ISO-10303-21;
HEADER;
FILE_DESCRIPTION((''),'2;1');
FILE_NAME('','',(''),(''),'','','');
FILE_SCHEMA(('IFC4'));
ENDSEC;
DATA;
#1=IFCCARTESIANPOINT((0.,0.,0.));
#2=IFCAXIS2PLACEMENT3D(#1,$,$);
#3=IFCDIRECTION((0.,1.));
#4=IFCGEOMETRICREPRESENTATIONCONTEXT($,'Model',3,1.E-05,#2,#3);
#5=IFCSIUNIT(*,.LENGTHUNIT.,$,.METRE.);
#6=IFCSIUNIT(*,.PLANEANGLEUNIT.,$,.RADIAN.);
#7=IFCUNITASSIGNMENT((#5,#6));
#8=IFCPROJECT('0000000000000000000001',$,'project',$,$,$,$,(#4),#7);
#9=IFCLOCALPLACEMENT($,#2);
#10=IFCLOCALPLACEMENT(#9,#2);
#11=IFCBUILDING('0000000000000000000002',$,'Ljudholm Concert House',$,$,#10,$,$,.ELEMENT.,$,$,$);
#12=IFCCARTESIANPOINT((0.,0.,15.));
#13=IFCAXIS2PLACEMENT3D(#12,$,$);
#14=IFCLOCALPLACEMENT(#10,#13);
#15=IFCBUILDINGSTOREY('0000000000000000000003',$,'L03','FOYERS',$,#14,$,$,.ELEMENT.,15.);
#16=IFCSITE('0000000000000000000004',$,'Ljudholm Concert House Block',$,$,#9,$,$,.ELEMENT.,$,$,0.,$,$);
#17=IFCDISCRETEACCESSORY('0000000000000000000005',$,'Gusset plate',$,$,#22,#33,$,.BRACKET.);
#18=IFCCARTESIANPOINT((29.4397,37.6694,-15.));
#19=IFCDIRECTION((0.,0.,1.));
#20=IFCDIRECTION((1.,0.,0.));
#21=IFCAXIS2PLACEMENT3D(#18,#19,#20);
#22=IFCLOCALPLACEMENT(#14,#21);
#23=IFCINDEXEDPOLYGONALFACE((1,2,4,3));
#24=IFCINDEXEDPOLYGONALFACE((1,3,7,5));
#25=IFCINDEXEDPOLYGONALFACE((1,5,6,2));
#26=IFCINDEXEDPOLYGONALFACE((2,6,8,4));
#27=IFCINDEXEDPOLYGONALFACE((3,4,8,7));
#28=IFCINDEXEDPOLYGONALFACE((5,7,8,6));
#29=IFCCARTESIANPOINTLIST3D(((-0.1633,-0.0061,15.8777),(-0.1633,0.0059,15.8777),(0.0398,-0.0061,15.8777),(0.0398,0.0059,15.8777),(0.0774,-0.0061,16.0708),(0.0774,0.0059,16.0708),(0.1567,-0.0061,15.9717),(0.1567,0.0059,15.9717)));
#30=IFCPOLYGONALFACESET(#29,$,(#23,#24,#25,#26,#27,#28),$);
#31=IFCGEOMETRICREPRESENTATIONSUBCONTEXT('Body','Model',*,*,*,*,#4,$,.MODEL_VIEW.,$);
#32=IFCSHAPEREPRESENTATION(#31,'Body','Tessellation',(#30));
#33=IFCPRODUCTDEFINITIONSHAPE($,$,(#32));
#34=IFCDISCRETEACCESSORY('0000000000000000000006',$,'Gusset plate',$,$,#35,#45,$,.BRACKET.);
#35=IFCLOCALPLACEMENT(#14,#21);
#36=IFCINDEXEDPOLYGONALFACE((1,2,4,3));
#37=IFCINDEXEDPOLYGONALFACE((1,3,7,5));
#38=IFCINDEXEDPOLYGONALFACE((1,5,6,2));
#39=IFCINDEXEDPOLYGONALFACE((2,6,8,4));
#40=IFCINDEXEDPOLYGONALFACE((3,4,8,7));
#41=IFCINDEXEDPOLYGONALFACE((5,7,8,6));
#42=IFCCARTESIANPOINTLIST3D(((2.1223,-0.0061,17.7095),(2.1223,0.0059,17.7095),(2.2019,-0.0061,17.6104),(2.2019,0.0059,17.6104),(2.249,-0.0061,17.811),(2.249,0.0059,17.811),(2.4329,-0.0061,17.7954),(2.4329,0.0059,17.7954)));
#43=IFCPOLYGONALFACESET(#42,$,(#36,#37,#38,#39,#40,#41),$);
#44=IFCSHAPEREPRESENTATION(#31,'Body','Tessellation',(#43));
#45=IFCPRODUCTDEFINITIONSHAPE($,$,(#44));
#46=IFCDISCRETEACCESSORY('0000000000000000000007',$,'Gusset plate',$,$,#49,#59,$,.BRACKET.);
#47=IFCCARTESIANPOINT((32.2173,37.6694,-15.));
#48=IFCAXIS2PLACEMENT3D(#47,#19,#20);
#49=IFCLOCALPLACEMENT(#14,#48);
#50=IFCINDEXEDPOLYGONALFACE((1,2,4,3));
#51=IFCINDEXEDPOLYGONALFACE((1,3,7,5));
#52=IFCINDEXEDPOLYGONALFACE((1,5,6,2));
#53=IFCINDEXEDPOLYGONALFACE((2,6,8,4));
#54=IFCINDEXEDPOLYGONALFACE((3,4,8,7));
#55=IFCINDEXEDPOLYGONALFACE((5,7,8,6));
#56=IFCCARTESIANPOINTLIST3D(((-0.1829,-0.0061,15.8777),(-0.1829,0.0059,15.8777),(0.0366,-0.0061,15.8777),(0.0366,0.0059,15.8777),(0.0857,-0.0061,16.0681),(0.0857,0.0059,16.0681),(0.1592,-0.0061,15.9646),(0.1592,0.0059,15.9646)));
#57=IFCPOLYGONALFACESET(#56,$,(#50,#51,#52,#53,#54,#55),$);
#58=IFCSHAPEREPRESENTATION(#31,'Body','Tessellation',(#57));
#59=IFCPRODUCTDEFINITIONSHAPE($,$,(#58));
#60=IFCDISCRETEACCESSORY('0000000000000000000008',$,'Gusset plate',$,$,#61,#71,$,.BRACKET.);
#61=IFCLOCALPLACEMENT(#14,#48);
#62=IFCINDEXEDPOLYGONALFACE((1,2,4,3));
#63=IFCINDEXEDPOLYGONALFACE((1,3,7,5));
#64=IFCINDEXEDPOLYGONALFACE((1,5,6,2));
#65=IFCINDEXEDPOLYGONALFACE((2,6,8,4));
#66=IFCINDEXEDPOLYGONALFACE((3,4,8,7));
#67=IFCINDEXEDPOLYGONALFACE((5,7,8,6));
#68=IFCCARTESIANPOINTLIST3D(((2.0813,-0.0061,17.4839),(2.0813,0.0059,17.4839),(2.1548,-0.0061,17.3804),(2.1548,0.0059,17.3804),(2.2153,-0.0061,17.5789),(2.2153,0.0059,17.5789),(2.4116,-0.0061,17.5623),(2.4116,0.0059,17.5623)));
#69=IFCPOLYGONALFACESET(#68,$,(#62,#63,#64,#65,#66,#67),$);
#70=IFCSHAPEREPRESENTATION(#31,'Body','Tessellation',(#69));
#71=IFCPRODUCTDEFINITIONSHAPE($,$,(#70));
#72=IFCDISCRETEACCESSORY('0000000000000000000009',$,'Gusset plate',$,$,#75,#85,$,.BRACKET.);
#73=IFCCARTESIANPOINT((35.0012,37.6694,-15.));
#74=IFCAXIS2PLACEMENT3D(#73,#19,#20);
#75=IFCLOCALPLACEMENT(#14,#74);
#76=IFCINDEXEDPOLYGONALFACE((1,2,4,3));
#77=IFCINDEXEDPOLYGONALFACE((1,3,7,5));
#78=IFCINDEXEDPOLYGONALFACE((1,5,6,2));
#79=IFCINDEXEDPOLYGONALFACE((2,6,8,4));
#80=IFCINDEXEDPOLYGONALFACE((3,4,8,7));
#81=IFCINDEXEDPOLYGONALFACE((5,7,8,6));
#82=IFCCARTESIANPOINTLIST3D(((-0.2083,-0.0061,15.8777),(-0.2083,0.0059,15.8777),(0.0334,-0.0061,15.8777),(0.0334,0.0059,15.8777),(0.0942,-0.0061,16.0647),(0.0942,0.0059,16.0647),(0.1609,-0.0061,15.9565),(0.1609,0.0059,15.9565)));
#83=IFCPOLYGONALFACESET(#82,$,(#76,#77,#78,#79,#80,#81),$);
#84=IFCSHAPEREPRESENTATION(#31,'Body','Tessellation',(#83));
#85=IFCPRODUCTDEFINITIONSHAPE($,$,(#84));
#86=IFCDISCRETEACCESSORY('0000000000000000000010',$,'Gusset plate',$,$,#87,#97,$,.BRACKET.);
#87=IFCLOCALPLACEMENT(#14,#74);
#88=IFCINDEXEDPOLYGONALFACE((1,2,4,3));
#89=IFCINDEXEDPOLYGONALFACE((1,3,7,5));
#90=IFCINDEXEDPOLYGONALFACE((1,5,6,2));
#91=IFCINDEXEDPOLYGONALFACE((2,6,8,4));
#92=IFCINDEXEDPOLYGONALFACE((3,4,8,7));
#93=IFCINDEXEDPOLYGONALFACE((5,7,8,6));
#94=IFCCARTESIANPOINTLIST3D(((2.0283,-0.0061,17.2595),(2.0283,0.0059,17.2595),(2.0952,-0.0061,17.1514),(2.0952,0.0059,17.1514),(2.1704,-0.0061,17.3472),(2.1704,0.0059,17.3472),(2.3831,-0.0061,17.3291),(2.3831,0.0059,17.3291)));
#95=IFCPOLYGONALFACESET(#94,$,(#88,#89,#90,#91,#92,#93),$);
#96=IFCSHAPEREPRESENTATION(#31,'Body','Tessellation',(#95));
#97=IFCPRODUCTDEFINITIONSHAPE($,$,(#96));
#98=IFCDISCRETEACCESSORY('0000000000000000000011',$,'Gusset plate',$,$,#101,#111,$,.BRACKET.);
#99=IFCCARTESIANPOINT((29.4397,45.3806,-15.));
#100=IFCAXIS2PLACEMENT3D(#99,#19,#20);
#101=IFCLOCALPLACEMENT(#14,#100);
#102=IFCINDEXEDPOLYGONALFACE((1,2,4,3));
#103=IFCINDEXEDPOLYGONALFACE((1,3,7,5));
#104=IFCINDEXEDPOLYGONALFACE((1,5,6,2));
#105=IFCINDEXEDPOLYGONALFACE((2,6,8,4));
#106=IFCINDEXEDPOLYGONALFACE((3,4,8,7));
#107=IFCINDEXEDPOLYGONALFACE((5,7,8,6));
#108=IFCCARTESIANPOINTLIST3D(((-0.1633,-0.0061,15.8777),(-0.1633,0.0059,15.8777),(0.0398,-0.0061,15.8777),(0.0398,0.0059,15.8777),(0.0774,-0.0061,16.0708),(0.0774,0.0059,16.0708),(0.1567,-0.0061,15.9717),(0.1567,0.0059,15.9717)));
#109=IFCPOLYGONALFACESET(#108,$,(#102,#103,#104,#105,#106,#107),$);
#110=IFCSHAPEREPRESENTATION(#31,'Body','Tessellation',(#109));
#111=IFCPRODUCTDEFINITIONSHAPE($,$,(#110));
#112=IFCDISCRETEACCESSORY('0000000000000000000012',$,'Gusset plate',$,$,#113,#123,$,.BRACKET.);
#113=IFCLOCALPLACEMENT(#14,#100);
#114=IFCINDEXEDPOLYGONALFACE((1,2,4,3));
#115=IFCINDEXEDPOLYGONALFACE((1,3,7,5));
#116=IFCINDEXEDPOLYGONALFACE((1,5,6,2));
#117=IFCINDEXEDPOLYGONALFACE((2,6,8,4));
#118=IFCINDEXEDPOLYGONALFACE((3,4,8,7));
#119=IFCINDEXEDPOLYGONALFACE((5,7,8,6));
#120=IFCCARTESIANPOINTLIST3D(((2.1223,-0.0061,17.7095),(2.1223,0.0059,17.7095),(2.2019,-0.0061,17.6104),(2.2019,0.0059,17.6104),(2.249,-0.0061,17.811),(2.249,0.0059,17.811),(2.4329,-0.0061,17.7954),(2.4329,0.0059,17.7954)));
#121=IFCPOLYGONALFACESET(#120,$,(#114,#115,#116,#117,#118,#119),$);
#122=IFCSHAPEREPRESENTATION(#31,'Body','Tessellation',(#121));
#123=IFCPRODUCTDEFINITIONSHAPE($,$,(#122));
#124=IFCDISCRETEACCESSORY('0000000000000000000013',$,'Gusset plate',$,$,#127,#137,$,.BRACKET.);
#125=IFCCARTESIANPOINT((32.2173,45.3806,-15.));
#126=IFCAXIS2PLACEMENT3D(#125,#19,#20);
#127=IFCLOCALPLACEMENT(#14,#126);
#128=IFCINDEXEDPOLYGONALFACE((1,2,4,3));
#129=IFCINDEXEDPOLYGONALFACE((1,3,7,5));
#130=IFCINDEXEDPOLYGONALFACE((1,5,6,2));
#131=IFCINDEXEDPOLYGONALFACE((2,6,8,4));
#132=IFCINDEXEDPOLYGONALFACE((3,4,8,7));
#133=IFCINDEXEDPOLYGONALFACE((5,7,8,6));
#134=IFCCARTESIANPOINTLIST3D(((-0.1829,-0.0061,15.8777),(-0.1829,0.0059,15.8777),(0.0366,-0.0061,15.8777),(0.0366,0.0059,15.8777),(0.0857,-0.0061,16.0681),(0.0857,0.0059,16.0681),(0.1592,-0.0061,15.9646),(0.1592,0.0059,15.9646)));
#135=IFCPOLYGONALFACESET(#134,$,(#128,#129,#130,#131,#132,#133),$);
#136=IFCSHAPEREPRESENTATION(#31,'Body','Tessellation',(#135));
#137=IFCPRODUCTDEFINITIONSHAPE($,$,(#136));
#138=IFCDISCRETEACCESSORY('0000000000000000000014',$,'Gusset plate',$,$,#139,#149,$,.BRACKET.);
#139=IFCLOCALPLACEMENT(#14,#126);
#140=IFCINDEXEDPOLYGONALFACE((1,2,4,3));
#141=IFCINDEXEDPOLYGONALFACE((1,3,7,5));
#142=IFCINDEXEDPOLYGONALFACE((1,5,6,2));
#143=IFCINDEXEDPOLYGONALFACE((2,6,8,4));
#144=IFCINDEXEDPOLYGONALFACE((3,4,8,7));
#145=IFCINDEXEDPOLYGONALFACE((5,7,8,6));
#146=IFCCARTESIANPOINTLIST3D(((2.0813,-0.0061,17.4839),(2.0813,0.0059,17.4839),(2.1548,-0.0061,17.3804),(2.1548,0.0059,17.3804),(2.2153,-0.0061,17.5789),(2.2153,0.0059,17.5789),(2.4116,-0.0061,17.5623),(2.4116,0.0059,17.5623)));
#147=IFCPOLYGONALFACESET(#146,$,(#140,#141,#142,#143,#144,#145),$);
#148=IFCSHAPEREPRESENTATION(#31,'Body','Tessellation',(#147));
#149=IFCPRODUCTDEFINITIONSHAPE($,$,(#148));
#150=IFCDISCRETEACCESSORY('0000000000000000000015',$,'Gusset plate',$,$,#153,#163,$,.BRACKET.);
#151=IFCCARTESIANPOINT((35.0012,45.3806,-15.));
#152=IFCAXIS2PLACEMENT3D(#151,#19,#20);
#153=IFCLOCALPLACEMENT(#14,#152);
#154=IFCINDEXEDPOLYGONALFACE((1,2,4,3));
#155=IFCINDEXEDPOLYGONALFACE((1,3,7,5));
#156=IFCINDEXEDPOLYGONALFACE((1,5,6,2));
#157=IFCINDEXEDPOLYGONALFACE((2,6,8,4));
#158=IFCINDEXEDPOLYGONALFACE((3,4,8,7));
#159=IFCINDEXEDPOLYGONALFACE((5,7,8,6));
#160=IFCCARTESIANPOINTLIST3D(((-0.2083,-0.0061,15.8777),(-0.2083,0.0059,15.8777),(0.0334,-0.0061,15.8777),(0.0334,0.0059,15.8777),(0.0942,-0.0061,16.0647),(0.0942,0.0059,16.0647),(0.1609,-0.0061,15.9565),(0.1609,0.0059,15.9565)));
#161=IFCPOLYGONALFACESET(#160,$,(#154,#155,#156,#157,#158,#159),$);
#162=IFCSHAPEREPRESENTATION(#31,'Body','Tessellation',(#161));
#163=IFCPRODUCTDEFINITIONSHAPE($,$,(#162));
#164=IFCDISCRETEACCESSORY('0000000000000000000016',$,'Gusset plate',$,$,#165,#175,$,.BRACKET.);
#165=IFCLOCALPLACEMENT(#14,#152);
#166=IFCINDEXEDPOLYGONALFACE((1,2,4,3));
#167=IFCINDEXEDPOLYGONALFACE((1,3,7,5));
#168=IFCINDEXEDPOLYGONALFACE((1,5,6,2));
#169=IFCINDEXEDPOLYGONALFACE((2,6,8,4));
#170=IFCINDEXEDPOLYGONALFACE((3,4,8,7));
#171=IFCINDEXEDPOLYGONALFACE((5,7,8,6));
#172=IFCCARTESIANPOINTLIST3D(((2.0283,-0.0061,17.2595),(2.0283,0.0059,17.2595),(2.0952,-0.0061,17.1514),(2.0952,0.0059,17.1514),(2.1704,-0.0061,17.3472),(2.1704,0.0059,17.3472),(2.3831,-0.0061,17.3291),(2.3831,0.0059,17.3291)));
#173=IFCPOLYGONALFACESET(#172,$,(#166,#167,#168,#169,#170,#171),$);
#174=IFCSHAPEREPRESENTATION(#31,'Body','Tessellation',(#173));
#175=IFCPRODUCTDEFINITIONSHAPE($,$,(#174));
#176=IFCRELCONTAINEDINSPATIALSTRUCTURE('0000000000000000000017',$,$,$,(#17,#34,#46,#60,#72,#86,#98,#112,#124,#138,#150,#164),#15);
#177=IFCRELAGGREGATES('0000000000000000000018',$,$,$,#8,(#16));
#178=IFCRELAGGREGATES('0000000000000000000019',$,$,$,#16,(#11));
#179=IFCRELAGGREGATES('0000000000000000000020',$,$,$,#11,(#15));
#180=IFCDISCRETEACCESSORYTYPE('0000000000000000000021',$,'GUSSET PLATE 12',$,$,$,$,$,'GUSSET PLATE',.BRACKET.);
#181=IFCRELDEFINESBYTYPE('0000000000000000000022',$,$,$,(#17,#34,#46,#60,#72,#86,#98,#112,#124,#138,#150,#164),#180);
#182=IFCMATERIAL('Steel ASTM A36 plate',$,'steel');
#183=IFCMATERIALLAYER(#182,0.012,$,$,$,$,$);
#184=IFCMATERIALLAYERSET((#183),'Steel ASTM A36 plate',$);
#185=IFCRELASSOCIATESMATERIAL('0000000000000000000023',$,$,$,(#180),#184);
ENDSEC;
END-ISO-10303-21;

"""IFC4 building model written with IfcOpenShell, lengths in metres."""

from ifc_helpers import new_model, si_unit, direction, frame, origin, place, context, subcontext, project, spatial, polyline, outline, extrude, material, layer, layer_set, type_object, element, save


model = new_model("IFC4")

# Units and contexts
model_context = context("Model", 3, precision=1e-05, world=origin(), true_north=direction((0.0, 1.0)))
body_context = subcontext(model_context, "Body", "Model", "MODEL_VIEW")
ifc_project = project(units=[si_unit("LENGTHUNIT", "METRE"), si_unit("PLANEANGLEUNIT", "RADIAN")], contexts=[model_context])

# Site, building, storey
site_placement = place(None, origin())
site = spatial("IfcSite", under=ifc_project, at=site_placement, Name="Ljudholm Concert House Block", CompositionType="ELEMENT", RefElevation=0.0)
building_placement = place(site_placement, origin())
building = spatial("IfcBuilding", under=site, at=building_placement, Name="Ljudholm Concert House", CompositionType="ELEMENT")
storey_placement = place(building_placement, frame((0.0, 0.0, 15.0)))
storey = spatial("IfcBuildingStorey", under=building, at=storey_placement, Name="L03", Description="FOYERS", CompositionType="ELEMENT", Elevation=15.0)

# Discrete accessories
ifc_material_1 = material(Name="Steel ASTM A36 plate", Category="steel")
ifc_layer_1 = layer(ifc_material_1, 0.012)
ifc_layer_set_1 = layer_set([ifc_layer_1], Name="Steel ASTM A36 plate")
discrete_accessory_type_1 = type_object("IfcDiscreteAccessoryType", Name="GUSSET PLATE 12", ElementType="GUSSET PLATE", PredefinedType="BRACKET", material=ifc_layer_set_1)
discrete_accessory_1_placement = place(storey_placement, frame((29.4397, 37.6694, -15.0), z_axis=(0.0, 0.0, 1.0), x_axis=(1.0, 0.0, 0.0)))
element("IfcDiscreteAccessory", 1, at=discrete_accessory_1_placement, inside=storey, type_object=discrete_accessory_type_1, Name="Gusset plate", PredefinedType="BRACKET", context=body_context, shape_type="SweptSolid", body=[
    extrude(outline(polyline([(0.1567, 15.9717), (0.0398, 15.8777), (-0.1633, 15.8777), (0.0774, 16.0708), (0.1567, 15.9717)])), frame((0.0, 0.0059, 0.0), z_axis=(0.0, -1.0, 0.0), x_axis=(1.0, 0.0, 0.0)), (0.0, 0.0, 1.0), 0.012),
])
discrete_accessory_2_placement = place(storey_placement, frame((29.4397, 37.6694, -15.0), z_axis=(0.0, 0.0, 1.0), x_axis=(1.0, 0.0, 0.0)))
element("IfcDiscreteAccessory", 2, at=discrete_accessory_2_placement, inside=storey, type_object=discrete_accessory_type_1, Name="Gusset plate", PredefinedType="BRACKET", context=body_context, shape_type="SweptSolid", body=[
    extrude(outline(polyline([(2.1223, 17.7095), (2.249, 17.811), (2.4329, 17.7954), (2.2019, 17.6104), (2.1223, 17.7095)])), frame((0.0, 0.0059, 0.0), z_axis=(0.0, -1.0, 0.0), x_axis=(1.0, 0.0, 0.0)), (0.0, 0.0, 1.0), 0.012),
])
discrete_accessory_3_placement = place(storey_placement, frame((32.2173, 37.6694, -15.0), z_axis=(0.0, 0.0, 1.0), x_axis=(1.0, 0.0, 0.0)))
element("IfcDiscreteAccessory", 3, at=discrete_accessory_3_placement, inside=storey, type_object=discrete_accessory_type_1, Name="Gusset plate", PredefinedType="BRACKET", context=body_context, shape_type="SweptSolid", body=[
    extrude(outline(polyline([(0.1592, 15.9646), (0.0366, 15.8777), (-0.1829, 15.8777), (0.0857, 16.0681), (0.1592, 15.9646)])), frame((0.0, 0.0059, 0.0), z_axis=(0.0, -1.0, 0.0), x_axis=(1.0, 0.0, 0.0)), (0.0, 0.0, 1.0), 0.012),
])
discrete_accessory_4_placement = place(storey_placement, frame((32.2173, 37.6694, -15.0), z_axis=(0.0, 0.0, 1.0), x_axis=(1.0, 0.0, 0.0)))
element("IfcDiscreteAccessory", 4, at=discrete_accessory_4_placement, inside=storey, type_object=discrete_accessory_type_1, Name="Gusset plate", PredefinedType="BRACKET", context=body_context, shape_type="SweptSolid", body=[
    extrude(outline(polyline([(2.0813, 17.4839), (2.2153, 17.5789), (2.4116, 17.5623), (2.1548, 17.3804), (2.0813, 17.4839)])), frame((0.0, 0.0059, 0.0), z_axis=(0.0, -1.0, 0.0), x_axis=(1.0, 0.0, 0.0)), (0.0, 0.0, 1.0), 0.012),
])
discrete_accessory_5_placement = place(storey_placement, frame((35.0012, 37.6694, -15.0), z_axis=(0.0, 0.0, 1.0), x_axis=(1.0, 0.0, 0.0)))
element("IfcDiscreteAccessory", 5, at=discrete_accessory_5_placement, inside=storey, type_object=discrete_accessory_type_1, Name="Gusset plate", PredefinedType="BRACKET", context=body_context, shape_type="SweptSolid", body=[
    extrude(outline(polyline([(0.1609, 15.9565), (0.0334, 15.8777), (-0.2083, 15.8777), (0.0942, 16.0647), (0.1609, 15.9565)])), frame((0.0, 0.0059, 0.0), z_axis=(0.0, -1.0, 0.0), x_axis=(1.0, 0.0, 0.0)), (0.0, 0.0, 1.0), 0.012),
])
discrete_accessory_6_placement = place(storey_placement, frame((35.0012, 37.6694, -15.0), z_axis=(0.0, 0.0, 1.0), x_axis=(1.0, 0.0, 0.0)))
element("IfcDiscreteAccessory", 6, at=discrete_accessory_6_placement, inside=storey, type_object=discrete_accessory_type_1, Name="Gusset plate", PredefinedType="BRACKET", context=body_context, shape_type="SweptSolid", body=[
    extrude(outline(polyline([(2.0283, 17.2595), (2.1704, 17.3472), (2.3831, 17.3291), (2.0952, 17.1514), (2.0283, 17.2595)])), frame((0.0, 0.0059, 0.0), z_axis=(0.0, -1.0, 0.0), x_axis=(1.0, 0.0, 0.0)), (0.0, 0.0, 1.0), 0.012),
])
discrete_accessory_7_placement = place(storey_placement, frame((29.4397, 45.3806, -15.0), z_axis=(0.0, 0.0, 1.0), x_axis=(1.0, 0.0, 0.0)))
element("IfcDiscreteAccessory", 7, at=discrete_accessory_7_placement, inside=storey, type_object=discrete_accessory_type_1, Name="Gusset plate", PredefinedType="BRACKET", context=body_context, shape_type="SweptSolid", body=[
    extrude(outline(polyline([(0.1567, 15.9717), (0.0398, 15.8777), (-0.1633, 15.8777), (0.0774, 16.0708), (0.1567, 15.9717)])), frame((0.0, 0.0059, 0.0), z_axis=(0.0, -1.0, 0.0), x_axis=(1.0, 0.0, 0.0)), (0.0, 0.0, 1.0), 0.012),
])
discrete_accessory_8_placement = place(storey_placement, frame((29.4397, 45.3806, -15.0), z_axis=(0.0, 0.0, 1.0), x_axis=(1.0, 0.0, 0.0)))
element("IfcDiscreteAccessory", 8, at=discrete_accessory_8_placement, inside=storey, type_object=discrete_accessory_type_1, Name="Gusset plate", PredefinedType="BRACKET", context=body_context, shape_type="SweptSolid", body=[
    extrude(outline(polyline([(2.1223, 17.7095), (2.249, 17.811), (2.4329, 17.7954), (2.2019, 17.6104), (2.1223, 17.7095)])), frame((0.0, 0.0059, 0.0), z_axis=(0.0, -1.0, 0.0), x_axis=(1.0, 0.0, 0.0)), (0.0, 0.0, 1.0), 0.012),
])
discrete_accessory_9_placement = place(storey_placement, frame((32.2173, 45.3806, -15.0), z_axis=(0.0, 0.0, 1.0), x_axis=(1.0, 0.0, 0.0)))
element("IfcDiscreteAccessory", 9, at=discrete_accessory_9_placement, inside=storey, type_object=discrete_accessory_type_1, Name="Gusset plate", PredefinedType="BRACKET", context=body_context, shape_type="SweptSolid", body=[
    extrude(outline(polyline([(0.1592, 15.9646), (0.0366, 15.8777), (-0.1829, 15.8777), (0.0857, 16.0681), (0.1592, 15.9646)])), frame((0.0, 0.0059, 0.0), z_axis=(0.0, -1.0, 0.0), x_axis=(1.0, 0.0, 0.0)), (0.0, 0.0, 1.0), 0.012),
])
discrete_accessory_10_placement = place(storey_placement, frame((32.2173, 45.3806, -15.0), z_axis=(0.0, 0.0, 1.0), x_axis=(1.0, 0.0, 0.0)))
element("IfcDiscreteAccessory", 10, at=discrete_accessory_10_placement, inside=storey, type_object=discrete_accessory_type_1, Name="Gusset plate", PredefinedType="BRACKET", context=body_context, shape_type="SweptSolid", body=[
    extrude(outline(polyline([(2.0813, 17.4839), (2.2153, 17.5789), (2.4116, 17.5623), (2.1548, 17.3804), (2.0813, 17.4839)])), frame((0.0, 0.0059, 0.0), z_axis=(0.0, -1.0, 0.0), x_axis=(1.0, 0.0, 0.0)), (0.0, 0.0, 1.0), 0.012),
])
discrete_accessory_11_placement = place(storey_placement, frame((35.0012, 45.3806, -15.0), z_axis=(0.0, 0.0, 1.0), x_axis=(1.0, 0.0, 0.0)))
element("IfcDiscreteAccessory", 11, at=discrete_accessory_11_placement, inside=storey, type_object=discrete_accessory_type_1, Name="Gusset plate", PredefinedType="BRACKET", context=body_context, shape_type="SweptSolid", body=[
    extrude(outline(polyline([(0.1609, 15.9565), (0.0334, 15.8777), (-0.2083, 15.8777), (0.0942, 16.0647), (0.1609, 15.9565)])), frame((0.0, 0.0059, 0.0), z_axis=(0.0, -1.0, 0.0), x_axis=(1.0, 0.0, 0.0)), (0.0, 0.0, 1.0), 0.012),
])
discrete_accessory_12_placement = place(storey_placement, frame((35.0012, 45.3806, -15.0), z_axis=(0.0, 0.0, 1.0), x_axis=(1.0, 0.0, 0.0)))
element("IfcDiscreteAccessory", 12, at=discrete_accessory_12_placement, inside=storey, type_object=discrete_accessory_type_1, Name="Gusset plate", PredefinedType="BRACKET", context=body_context, shape_type="SweptSolid", body=[
    extrude(outline(polyline([(2.0283, 17.2595), (2.1704, 17.3472), (2.3831, 17.3291), (2.0952, 17.1514), (2.0283, 17.2595)])), frame((0.0, 0.0059, 0.0), z_axis=(0.0, -1.0, 0.0), x_axis=(1.0, 0.0, 0.0)), (0.0, 0.0, 1.0), 0.012),
])

save(model, "model.ifc")
